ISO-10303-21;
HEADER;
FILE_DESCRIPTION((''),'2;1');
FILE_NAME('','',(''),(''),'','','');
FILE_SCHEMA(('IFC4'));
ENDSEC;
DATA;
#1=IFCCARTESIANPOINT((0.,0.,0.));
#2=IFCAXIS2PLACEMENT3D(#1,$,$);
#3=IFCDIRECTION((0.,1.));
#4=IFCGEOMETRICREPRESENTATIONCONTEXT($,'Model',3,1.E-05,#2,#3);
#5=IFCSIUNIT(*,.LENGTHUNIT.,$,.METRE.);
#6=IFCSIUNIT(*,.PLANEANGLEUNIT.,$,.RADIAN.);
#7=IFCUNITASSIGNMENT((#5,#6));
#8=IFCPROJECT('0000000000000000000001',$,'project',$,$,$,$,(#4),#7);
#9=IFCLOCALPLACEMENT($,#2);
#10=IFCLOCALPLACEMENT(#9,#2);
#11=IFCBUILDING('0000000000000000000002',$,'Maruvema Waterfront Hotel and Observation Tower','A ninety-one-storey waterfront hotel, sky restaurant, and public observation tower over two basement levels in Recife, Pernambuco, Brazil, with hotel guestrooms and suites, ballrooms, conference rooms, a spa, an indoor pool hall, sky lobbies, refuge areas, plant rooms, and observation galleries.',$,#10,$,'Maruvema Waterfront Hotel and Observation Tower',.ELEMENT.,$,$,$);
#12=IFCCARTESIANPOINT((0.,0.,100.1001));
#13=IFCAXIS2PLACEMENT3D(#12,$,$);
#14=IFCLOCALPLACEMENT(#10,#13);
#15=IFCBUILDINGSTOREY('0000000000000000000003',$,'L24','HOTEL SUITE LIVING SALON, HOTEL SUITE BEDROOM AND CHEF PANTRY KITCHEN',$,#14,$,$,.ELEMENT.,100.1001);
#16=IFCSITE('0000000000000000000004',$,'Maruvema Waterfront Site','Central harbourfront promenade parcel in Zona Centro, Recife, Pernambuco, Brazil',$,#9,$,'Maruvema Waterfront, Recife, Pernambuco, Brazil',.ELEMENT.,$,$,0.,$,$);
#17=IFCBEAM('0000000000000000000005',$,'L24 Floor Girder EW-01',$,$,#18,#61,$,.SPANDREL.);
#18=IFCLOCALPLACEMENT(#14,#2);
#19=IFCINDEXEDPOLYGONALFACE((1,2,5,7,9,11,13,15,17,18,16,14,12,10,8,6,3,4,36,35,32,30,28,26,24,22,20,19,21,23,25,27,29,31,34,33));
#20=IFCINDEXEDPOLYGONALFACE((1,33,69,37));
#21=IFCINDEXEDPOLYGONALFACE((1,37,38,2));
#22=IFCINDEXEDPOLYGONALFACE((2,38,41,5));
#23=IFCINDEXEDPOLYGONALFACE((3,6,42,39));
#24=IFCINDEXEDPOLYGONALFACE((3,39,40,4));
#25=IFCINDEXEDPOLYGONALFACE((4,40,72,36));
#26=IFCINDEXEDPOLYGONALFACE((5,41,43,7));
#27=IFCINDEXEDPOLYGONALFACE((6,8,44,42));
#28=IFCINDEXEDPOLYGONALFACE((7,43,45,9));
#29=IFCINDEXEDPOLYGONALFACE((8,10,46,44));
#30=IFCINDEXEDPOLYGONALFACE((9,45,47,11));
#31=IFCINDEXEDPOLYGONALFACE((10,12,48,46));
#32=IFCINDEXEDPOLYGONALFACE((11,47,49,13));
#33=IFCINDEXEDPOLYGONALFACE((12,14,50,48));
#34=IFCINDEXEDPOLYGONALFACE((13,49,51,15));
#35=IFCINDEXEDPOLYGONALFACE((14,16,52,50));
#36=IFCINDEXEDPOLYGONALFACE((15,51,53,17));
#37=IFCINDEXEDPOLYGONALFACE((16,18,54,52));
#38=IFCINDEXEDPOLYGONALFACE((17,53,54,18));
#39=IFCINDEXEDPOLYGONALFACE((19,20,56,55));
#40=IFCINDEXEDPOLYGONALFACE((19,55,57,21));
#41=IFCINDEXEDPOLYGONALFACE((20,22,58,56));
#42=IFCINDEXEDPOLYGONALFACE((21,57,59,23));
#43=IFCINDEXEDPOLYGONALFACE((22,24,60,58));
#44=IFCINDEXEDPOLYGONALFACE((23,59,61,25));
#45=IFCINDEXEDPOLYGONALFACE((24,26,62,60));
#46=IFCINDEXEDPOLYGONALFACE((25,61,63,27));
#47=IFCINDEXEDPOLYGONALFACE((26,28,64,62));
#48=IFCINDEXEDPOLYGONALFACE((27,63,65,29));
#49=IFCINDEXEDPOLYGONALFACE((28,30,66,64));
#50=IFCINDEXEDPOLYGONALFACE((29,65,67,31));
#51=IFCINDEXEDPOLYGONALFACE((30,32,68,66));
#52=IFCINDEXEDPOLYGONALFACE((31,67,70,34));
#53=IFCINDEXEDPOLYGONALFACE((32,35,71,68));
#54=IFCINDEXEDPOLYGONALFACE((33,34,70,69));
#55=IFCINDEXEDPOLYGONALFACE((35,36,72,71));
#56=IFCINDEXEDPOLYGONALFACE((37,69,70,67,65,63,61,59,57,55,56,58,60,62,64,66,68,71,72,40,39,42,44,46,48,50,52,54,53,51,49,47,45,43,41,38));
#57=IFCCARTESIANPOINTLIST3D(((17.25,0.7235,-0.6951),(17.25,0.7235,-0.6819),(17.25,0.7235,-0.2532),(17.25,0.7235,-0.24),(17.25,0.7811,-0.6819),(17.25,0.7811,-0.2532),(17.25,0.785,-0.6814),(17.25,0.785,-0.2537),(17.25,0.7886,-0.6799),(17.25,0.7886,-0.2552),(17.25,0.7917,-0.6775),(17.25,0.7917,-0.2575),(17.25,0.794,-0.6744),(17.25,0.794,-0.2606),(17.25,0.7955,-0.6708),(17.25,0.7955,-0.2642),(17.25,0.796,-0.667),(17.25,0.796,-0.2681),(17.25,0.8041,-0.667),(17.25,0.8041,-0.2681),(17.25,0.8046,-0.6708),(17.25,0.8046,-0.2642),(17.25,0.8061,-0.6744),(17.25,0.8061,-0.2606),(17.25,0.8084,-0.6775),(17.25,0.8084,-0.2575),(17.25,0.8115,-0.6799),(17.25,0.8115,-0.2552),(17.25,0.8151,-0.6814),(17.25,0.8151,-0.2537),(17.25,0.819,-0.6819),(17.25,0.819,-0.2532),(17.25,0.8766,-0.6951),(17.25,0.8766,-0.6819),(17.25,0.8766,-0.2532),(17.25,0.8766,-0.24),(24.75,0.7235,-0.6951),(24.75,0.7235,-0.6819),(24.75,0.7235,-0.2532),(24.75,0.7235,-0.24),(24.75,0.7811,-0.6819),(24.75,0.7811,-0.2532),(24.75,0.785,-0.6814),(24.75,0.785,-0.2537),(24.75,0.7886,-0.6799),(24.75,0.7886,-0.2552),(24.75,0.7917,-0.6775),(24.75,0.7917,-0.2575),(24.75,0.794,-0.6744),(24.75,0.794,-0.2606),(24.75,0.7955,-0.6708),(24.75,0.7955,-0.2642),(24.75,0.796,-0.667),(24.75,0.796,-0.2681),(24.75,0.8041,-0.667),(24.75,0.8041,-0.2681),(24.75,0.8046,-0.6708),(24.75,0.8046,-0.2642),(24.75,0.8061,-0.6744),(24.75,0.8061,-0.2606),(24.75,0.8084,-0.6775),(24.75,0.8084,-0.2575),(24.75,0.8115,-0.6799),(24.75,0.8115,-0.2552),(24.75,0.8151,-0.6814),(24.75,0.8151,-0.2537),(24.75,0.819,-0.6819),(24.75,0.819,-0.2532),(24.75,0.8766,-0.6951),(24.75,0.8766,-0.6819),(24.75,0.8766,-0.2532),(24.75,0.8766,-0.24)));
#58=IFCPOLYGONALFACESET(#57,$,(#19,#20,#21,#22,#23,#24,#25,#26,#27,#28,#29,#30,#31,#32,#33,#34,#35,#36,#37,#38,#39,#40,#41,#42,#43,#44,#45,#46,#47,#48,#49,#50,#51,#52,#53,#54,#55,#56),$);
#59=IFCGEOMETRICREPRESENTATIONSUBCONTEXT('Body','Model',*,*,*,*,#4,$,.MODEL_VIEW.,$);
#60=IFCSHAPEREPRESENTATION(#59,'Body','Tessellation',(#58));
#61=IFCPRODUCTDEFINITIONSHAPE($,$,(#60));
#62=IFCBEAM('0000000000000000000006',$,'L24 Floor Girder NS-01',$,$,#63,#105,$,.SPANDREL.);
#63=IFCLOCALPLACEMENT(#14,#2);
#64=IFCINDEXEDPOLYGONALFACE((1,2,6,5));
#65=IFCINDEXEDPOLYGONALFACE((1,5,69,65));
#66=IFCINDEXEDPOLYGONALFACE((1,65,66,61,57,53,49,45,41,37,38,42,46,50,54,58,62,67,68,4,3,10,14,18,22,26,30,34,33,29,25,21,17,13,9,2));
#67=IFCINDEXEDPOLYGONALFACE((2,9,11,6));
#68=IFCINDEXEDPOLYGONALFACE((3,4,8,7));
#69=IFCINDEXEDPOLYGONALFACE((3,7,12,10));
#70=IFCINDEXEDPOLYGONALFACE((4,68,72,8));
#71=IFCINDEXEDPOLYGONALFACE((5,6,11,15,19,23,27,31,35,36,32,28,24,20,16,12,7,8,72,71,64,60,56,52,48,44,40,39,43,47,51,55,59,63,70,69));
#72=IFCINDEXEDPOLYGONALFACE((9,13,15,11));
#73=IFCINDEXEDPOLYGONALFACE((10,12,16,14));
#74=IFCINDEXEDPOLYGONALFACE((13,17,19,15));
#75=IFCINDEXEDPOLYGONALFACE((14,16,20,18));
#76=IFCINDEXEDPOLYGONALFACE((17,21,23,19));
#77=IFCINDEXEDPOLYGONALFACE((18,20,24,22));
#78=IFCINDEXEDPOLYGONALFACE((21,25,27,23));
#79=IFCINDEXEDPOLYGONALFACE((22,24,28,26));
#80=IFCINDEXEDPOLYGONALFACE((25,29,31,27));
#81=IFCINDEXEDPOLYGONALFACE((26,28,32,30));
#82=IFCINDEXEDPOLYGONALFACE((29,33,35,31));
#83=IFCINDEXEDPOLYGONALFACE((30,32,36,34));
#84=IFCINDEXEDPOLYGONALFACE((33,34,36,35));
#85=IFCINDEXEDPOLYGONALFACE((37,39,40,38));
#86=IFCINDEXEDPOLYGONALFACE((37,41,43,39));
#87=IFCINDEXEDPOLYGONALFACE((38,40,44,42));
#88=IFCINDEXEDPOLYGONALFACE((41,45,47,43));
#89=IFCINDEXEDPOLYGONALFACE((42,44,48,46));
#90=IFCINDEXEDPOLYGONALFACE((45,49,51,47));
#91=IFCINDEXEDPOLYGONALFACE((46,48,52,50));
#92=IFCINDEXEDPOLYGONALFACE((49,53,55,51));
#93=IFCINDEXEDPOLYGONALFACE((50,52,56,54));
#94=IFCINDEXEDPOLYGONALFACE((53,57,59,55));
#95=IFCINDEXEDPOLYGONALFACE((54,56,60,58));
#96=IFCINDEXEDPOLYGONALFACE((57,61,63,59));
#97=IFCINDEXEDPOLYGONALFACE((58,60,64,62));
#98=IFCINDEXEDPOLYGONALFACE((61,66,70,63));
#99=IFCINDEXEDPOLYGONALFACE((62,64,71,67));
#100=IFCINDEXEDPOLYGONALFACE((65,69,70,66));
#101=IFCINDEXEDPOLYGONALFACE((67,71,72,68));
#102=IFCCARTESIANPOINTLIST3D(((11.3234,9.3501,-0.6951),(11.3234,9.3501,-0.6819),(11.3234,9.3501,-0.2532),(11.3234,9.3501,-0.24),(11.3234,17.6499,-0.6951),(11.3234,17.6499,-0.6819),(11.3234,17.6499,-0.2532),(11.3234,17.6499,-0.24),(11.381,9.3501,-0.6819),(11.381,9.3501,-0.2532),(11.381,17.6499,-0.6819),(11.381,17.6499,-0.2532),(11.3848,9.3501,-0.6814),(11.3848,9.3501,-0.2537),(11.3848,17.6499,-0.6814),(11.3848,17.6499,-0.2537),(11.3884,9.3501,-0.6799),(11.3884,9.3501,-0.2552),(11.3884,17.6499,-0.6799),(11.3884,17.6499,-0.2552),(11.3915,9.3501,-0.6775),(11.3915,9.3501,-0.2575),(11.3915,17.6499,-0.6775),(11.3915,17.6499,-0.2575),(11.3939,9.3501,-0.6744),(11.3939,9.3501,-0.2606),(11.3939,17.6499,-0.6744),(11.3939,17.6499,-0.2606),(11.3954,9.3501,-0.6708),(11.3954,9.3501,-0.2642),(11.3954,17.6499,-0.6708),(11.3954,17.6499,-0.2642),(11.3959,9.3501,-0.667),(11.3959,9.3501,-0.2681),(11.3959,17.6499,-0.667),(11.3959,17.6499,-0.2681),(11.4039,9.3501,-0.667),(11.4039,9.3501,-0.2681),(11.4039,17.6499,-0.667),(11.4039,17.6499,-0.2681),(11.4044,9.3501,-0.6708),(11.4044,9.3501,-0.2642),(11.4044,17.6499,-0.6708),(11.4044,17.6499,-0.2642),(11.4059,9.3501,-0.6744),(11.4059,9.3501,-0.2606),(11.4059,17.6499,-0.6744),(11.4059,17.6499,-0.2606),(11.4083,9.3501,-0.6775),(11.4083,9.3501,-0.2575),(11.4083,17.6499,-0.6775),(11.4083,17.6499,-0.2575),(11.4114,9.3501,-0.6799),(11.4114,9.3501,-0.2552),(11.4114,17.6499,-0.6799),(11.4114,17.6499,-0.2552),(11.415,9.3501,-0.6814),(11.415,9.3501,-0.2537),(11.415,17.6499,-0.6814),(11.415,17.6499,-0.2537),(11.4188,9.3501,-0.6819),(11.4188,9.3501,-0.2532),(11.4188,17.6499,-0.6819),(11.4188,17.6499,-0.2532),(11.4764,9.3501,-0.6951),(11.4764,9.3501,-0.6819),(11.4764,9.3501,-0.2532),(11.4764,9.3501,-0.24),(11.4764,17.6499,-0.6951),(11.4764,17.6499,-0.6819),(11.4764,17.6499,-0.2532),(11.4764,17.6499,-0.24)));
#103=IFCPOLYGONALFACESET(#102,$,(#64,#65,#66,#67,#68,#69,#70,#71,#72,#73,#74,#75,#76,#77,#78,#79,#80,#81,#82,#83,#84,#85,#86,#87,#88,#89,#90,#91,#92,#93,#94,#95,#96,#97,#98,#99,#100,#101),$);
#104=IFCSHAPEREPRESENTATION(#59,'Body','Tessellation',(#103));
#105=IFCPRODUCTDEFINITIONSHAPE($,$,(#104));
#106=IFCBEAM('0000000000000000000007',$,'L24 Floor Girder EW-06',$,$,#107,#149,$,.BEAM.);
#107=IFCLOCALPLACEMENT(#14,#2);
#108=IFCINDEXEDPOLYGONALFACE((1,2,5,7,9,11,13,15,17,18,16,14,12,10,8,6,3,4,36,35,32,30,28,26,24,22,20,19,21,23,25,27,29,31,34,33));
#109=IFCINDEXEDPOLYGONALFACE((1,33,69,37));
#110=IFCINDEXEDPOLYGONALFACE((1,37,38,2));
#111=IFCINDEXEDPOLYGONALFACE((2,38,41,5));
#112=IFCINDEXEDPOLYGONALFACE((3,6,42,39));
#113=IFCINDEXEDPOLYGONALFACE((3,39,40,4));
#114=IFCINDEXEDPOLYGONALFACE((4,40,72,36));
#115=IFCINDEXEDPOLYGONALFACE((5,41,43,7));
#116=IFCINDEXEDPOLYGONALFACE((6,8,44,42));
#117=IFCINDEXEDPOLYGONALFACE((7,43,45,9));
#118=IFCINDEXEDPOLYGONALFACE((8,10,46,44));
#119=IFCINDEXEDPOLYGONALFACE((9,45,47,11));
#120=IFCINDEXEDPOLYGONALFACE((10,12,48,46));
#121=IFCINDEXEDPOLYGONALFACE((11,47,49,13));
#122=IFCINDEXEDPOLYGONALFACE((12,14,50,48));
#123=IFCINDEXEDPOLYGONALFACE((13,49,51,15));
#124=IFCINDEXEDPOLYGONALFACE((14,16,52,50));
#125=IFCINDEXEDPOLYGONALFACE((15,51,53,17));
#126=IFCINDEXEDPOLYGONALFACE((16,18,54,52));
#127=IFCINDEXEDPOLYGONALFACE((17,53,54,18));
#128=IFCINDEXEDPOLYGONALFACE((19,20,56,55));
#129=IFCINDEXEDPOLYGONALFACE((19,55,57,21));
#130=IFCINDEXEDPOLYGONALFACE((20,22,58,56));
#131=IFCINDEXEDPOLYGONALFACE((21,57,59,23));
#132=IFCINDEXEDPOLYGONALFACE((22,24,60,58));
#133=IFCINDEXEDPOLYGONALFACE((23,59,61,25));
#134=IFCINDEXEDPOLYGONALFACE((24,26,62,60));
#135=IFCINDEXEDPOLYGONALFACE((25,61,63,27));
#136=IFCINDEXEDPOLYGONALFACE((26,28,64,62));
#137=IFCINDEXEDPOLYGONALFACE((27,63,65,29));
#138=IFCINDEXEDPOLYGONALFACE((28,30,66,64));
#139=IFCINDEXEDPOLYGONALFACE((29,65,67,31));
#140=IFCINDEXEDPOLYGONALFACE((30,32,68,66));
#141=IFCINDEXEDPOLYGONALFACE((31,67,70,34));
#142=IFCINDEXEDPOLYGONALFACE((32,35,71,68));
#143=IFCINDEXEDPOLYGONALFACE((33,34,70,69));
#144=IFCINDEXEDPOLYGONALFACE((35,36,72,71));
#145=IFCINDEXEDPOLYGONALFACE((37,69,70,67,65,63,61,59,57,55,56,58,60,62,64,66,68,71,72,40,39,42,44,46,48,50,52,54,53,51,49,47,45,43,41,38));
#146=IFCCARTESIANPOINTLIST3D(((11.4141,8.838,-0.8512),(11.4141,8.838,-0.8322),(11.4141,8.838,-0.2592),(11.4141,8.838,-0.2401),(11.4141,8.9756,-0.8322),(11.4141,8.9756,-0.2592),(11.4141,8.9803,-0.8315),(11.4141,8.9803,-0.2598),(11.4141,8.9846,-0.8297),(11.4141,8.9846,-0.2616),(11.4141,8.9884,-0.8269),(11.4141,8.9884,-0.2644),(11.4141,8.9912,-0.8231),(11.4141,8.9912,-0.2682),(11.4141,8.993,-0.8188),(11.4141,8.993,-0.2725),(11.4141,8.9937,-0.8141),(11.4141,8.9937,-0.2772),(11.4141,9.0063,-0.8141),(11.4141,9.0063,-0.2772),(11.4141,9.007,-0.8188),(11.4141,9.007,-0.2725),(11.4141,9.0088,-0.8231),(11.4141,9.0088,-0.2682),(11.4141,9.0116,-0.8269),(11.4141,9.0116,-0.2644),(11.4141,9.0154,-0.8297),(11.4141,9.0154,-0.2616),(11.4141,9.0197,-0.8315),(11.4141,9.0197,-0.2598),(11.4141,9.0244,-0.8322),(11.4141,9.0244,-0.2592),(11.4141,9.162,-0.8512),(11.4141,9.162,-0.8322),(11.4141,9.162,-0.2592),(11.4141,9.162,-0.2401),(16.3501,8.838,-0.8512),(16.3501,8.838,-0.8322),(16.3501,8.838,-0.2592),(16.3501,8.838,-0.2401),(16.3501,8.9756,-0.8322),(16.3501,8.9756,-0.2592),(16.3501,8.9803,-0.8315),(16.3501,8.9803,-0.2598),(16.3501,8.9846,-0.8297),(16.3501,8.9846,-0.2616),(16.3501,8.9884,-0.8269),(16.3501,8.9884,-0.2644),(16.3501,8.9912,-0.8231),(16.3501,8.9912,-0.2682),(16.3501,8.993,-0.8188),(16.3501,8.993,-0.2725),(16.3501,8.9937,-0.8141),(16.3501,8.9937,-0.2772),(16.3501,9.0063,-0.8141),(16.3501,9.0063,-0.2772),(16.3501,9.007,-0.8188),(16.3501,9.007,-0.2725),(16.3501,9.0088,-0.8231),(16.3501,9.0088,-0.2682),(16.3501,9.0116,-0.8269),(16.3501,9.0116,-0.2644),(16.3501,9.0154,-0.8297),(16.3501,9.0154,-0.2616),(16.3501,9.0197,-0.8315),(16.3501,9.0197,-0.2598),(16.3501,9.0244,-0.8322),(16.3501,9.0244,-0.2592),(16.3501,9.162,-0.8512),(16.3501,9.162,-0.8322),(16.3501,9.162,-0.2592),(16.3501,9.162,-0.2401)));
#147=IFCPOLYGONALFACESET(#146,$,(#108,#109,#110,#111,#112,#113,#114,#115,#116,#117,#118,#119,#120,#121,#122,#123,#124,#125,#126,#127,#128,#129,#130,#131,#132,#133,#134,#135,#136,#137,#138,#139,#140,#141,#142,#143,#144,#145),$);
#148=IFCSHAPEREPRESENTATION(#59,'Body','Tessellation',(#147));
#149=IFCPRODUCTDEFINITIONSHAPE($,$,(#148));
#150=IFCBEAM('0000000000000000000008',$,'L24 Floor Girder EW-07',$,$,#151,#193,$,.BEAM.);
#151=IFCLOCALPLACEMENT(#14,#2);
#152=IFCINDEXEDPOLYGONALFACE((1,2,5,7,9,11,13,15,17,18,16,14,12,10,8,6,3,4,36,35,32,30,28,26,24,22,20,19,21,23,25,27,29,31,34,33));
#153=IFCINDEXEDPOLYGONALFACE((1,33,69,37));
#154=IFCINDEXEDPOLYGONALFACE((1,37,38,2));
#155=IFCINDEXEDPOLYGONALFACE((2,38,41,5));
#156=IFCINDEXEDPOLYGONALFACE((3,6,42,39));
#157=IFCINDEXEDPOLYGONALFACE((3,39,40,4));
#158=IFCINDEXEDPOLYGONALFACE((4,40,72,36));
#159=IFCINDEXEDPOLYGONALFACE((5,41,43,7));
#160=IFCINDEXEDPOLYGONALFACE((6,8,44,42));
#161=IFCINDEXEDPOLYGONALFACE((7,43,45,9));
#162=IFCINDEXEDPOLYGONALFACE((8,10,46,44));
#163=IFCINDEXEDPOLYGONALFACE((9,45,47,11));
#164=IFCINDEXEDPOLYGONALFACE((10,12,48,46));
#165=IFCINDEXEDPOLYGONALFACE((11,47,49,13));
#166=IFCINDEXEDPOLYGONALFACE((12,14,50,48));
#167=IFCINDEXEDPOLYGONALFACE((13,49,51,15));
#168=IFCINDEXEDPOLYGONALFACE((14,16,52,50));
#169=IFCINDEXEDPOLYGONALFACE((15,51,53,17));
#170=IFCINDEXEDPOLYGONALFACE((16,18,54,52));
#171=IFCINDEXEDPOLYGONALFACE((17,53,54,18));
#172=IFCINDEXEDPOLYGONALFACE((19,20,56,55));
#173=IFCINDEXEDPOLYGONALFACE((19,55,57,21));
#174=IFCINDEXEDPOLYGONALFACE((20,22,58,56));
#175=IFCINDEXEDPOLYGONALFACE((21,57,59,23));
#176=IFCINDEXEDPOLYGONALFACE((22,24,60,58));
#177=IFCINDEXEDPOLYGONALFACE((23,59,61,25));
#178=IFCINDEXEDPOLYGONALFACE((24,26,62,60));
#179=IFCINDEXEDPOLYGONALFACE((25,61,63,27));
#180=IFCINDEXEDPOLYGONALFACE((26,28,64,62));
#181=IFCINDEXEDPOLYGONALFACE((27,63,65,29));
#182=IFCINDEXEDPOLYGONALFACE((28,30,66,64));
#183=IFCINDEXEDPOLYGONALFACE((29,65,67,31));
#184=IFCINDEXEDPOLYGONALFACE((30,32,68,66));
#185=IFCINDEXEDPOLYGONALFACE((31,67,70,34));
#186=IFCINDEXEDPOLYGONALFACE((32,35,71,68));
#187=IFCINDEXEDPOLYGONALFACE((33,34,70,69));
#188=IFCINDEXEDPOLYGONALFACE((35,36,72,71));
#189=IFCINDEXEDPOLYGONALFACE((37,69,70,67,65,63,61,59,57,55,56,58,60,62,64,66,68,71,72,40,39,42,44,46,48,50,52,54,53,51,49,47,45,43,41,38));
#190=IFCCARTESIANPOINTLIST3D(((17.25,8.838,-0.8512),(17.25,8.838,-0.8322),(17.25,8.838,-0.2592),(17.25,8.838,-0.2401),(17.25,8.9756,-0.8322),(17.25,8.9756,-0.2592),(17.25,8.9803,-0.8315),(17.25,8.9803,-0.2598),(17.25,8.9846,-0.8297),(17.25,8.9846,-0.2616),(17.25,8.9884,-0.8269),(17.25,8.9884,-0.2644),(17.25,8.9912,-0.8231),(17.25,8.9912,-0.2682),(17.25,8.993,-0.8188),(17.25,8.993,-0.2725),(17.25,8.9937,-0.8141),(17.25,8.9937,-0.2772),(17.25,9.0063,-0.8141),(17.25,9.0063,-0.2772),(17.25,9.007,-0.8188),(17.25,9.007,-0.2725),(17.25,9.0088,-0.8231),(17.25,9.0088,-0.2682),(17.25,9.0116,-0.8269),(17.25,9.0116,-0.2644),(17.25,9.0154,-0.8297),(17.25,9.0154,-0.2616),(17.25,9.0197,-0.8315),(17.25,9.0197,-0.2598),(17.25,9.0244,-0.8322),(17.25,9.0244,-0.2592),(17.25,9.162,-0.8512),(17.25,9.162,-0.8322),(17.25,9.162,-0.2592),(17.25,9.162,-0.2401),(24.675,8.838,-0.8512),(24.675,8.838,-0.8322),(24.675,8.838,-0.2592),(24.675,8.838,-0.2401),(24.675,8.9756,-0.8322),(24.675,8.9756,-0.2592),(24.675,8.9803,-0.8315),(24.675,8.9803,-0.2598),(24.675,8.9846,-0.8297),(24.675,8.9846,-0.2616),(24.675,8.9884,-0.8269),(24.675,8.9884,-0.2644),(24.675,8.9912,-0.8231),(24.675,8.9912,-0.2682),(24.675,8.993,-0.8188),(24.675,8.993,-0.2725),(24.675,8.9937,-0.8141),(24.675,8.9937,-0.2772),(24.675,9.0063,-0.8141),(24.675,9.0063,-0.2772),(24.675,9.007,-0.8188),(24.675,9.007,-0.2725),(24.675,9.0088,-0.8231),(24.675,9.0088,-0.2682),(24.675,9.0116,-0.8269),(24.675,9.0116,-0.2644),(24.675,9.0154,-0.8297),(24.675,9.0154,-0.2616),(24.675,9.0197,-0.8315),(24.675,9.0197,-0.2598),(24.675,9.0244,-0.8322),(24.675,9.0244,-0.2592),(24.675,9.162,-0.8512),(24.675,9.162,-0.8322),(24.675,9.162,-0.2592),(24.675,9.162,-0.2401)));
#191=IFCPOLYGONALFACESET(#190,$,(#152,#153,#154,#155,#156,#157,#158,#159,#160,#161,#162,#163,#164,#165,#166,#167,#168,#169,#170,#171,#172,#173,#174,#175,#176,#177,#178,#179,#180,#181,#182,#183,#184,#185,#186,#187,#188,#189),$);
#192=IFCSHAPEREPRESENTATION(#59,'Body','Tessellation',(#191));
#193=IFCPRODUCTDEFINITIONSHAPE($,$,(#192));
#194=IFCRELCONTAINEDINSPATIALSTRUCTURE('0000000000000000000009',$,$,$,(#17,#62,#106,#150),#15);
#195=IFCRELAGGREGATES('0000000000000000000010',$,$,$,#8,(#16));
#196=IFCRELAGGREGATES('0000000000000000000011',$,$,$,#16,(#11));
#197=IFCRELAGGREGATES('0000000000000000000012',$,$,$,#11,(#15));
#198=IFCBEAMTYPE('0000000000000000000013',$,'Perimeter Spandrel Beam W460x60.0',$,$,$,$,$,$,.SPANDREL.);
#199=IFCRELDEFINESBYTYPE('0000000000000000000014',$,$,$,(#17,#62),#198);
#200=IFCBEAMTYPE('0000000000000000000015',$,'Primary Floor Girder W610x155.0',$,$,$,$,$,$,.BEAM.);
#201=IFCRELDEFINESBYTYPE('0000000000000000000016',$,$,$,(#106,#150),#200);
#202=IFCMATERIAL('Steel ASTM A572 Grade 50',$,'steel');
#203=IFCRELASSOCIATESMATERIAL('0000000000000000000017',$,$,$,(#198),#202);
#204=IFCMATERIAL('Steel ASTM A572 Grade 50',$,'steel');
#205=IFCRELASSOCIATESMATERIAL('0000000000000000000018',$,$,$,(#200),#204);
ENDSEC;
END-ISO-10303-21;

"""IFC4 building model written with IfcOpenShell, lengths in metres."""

from ifc_helpers import new_model, si_unit, direction, frame, origin, origin_2d, place, context, subcontext, project, spatial, i_section, extrude, material, material_profile, profile_set, type_object, element, save


model = new_model("IFC4")

# Units and contexts
model_context = context("Model", 3, precision=1e-05, world=origin(), true_north=direction((0.0, 1.0)))
body_context = subcontext(model_context, "Body", "Model", "MODEL_VIEW")
ifc_project = project(units=[si_unit("LENGTHUNIT", "METRE"), si_unit("PLANEANGLEUNIT", "RADIAN")], contexts=[model_context])

# Site, building, storey
site_placement = place(None, origin())
site = spatial("IfcSite", under=ifc_project, at=site_placement, Name="Maruvema Waterfront Site", Description="Central harbourfront promenade parcel in Zona Centro, Recife, Pernambuco, Brazil", LongName="Maruvema Waterfront, Recife, Pernambuco, Brazil", CompositionType="ELEMENT", RefElevation=0.0)
building_placement = place(site_placement, origin())
building = spatial("IfcBuilding", under=site, at=building_placement, Name="Maruvema Waterfront Hotel and Observation Tower", Description="A ninety-one-storey waterfront hotel, sky restaurant, and public observation tower over two basement levels in Recife, Pernambuco, Brazil, with hotel guestrooms and suites, ballrooms, conference rooms, a spa, an indoor pool hall, sky lobbies, refuge areas, plant rooms, and observation galleries.", LongName="Maruvema Waterfront Hotel and Observation Tower", CompositionType="ELEMENT")
storey_placement = place(building_placement, frame((0.0, 0.0, 100.1001)))
storey = spatial("IfcBuildingStorey", under=building, at=storey_placement, Name="L24", Description="HOTEL SUITE LIVING SALON, HOTEL SUITE BEDROOM AND CHEF PANTRY KITCHEN", CompositionType="ELEMENT", Elevation=100.1001)

# Beams
ifc_material_1 = material(Name="Steel ASTM A572 Grade 50", Category="steel")
ifc_material_profile_1 = material_profile(ifc_material_1, i_section(OverallWidth=0.1531, OverallDepth=0.4551, WebThickness=0.0081, FlangeThickness=0.0132, FilletRadius=0.0149, at=origin_2d()), Name="W460x60.0")
ifc_profile_set_1 = profile_set([ifc_material_profile_1], Name="Steel ASTM A572 Grade 50")
beam_type_1 = type_object("IfcBeamType", Name="Perimeter Spandrel Beam W460x60.0", PredefinedType="SPANDREL", material=ifc_profile_set_1)
beam_1_placement = place(storey_placement, frame((17.25, 0.8, -0.4675), z_axis=(1.0, 0.0, 0.0), x_axis=(0.0, 1.0, 0.0)))
element("IfcBeam", 1, at=beam_1_placement, inside=storey, type_object=beam_type_1, Name="L24 Floor Girder EW-01", PredefinedType="SPANDREL", context=body_context, shape_type="SweptSolid", body=[
    extrude(i_section(OverallWidth=0.1531, OverallDepth=0.4551, WebThickness=0.0081, FlangeThickness=0.0132, FilletRadius=0.0149, at=origin_2d()), origin(), (0.0, 0.0, 1.0), 7.5),
])
beam_2_placement = place(storey_placement, frame((11.3999, 9.3501, -0.4675), z_axis=(0.0, 1.0, 0.0), x_axis=(-1.0, 0.0, 0.0)))
element("IfcBeam", 2, at=beam_2_placement, inside=storey, type_object=beam_type_1, Name="L24 Floor Girder NS-01", PredefinedType="SPANDREL", context=body_context, shape_type="SweptSolid", body=[
    extrude(i_section(OverallWidth=0.1531, OverallDepth=0.4551, WebThickness=0.0081, FlangeThickness=0.0132, FilletRadius=0.0149, at=origin_2d()), origin(), (0.0, 0.0, 1.0), 8.2998),
])
ifc_material_2 = material(Name="Steel ASTM A572 Grade 50", Category="steel")
ifc_material_profile_2 = material_profile(ifc_material_2, i_section(OverallWidth=0.324, OverallDepth=0.6111, WebThickness=0.0127, FlangeThickness=0.019, FilletRadius=0.0181, at=origin_2d()), Name="W610x155.0")
ifc_profile_set_2 = profile_set([ifc_material_profile_2], Name="Steel ASTM A572 Grade 50")
beam_type_2 = type_object("IfcBeamType", Name="Primary Floor Girder W610x155.0", PredefinedType="BEAM", material=ifc_profile_set_2)
beam_3_placement = place(storey_placement, frame((11.4141, 9.0, -0.5457), z_axis=(1.0, 0.0, 0.0), x_axis=(0.0, 1.0, 0.0)))
element("IfcBeam", 3, at=beam_3_placement, inside=storey, type_object=beam_type_2, Name="L24 Floor Girder EW-06", PredefinedType="BEAM", context=body_context, shape_type="SweptSolid", body=[
    extrude(i_section(OverallWidth=0.324, OverallDepth=0.6111, WebThickness=0.0127, FlangeThickness=0.019, FilletRadius=0.0181, at=origin_2d()), origin(), (0.0, 0.0, 1.0), 4.936),
])
beam_4_placement = place(storey_placement, frame((17.25, 9.0, -0.5457), z_axis=(1.0, 0.0, 0.0), x_axis=(0.0, 1.0, 0.0)))
element("IfcBeam", 4, at=beam_4_placement, inside=storey, type_object=beam_type_2, Name="L24 Floor Girder EW-07", PredefinedType="BEAM", context=body_context, shape_type="SweptSolid", body=[
    extrude(i_section(OverallWidth=0.324, OverallDepth=0.6111, WebThickness=0.0127, FlangeThickness=0.019, FilletRadius=0.0181, at=origin_2d()), origin(), (0.0, 0.0, 1.0), 7.425),
])

save(model, "model.ifc")
